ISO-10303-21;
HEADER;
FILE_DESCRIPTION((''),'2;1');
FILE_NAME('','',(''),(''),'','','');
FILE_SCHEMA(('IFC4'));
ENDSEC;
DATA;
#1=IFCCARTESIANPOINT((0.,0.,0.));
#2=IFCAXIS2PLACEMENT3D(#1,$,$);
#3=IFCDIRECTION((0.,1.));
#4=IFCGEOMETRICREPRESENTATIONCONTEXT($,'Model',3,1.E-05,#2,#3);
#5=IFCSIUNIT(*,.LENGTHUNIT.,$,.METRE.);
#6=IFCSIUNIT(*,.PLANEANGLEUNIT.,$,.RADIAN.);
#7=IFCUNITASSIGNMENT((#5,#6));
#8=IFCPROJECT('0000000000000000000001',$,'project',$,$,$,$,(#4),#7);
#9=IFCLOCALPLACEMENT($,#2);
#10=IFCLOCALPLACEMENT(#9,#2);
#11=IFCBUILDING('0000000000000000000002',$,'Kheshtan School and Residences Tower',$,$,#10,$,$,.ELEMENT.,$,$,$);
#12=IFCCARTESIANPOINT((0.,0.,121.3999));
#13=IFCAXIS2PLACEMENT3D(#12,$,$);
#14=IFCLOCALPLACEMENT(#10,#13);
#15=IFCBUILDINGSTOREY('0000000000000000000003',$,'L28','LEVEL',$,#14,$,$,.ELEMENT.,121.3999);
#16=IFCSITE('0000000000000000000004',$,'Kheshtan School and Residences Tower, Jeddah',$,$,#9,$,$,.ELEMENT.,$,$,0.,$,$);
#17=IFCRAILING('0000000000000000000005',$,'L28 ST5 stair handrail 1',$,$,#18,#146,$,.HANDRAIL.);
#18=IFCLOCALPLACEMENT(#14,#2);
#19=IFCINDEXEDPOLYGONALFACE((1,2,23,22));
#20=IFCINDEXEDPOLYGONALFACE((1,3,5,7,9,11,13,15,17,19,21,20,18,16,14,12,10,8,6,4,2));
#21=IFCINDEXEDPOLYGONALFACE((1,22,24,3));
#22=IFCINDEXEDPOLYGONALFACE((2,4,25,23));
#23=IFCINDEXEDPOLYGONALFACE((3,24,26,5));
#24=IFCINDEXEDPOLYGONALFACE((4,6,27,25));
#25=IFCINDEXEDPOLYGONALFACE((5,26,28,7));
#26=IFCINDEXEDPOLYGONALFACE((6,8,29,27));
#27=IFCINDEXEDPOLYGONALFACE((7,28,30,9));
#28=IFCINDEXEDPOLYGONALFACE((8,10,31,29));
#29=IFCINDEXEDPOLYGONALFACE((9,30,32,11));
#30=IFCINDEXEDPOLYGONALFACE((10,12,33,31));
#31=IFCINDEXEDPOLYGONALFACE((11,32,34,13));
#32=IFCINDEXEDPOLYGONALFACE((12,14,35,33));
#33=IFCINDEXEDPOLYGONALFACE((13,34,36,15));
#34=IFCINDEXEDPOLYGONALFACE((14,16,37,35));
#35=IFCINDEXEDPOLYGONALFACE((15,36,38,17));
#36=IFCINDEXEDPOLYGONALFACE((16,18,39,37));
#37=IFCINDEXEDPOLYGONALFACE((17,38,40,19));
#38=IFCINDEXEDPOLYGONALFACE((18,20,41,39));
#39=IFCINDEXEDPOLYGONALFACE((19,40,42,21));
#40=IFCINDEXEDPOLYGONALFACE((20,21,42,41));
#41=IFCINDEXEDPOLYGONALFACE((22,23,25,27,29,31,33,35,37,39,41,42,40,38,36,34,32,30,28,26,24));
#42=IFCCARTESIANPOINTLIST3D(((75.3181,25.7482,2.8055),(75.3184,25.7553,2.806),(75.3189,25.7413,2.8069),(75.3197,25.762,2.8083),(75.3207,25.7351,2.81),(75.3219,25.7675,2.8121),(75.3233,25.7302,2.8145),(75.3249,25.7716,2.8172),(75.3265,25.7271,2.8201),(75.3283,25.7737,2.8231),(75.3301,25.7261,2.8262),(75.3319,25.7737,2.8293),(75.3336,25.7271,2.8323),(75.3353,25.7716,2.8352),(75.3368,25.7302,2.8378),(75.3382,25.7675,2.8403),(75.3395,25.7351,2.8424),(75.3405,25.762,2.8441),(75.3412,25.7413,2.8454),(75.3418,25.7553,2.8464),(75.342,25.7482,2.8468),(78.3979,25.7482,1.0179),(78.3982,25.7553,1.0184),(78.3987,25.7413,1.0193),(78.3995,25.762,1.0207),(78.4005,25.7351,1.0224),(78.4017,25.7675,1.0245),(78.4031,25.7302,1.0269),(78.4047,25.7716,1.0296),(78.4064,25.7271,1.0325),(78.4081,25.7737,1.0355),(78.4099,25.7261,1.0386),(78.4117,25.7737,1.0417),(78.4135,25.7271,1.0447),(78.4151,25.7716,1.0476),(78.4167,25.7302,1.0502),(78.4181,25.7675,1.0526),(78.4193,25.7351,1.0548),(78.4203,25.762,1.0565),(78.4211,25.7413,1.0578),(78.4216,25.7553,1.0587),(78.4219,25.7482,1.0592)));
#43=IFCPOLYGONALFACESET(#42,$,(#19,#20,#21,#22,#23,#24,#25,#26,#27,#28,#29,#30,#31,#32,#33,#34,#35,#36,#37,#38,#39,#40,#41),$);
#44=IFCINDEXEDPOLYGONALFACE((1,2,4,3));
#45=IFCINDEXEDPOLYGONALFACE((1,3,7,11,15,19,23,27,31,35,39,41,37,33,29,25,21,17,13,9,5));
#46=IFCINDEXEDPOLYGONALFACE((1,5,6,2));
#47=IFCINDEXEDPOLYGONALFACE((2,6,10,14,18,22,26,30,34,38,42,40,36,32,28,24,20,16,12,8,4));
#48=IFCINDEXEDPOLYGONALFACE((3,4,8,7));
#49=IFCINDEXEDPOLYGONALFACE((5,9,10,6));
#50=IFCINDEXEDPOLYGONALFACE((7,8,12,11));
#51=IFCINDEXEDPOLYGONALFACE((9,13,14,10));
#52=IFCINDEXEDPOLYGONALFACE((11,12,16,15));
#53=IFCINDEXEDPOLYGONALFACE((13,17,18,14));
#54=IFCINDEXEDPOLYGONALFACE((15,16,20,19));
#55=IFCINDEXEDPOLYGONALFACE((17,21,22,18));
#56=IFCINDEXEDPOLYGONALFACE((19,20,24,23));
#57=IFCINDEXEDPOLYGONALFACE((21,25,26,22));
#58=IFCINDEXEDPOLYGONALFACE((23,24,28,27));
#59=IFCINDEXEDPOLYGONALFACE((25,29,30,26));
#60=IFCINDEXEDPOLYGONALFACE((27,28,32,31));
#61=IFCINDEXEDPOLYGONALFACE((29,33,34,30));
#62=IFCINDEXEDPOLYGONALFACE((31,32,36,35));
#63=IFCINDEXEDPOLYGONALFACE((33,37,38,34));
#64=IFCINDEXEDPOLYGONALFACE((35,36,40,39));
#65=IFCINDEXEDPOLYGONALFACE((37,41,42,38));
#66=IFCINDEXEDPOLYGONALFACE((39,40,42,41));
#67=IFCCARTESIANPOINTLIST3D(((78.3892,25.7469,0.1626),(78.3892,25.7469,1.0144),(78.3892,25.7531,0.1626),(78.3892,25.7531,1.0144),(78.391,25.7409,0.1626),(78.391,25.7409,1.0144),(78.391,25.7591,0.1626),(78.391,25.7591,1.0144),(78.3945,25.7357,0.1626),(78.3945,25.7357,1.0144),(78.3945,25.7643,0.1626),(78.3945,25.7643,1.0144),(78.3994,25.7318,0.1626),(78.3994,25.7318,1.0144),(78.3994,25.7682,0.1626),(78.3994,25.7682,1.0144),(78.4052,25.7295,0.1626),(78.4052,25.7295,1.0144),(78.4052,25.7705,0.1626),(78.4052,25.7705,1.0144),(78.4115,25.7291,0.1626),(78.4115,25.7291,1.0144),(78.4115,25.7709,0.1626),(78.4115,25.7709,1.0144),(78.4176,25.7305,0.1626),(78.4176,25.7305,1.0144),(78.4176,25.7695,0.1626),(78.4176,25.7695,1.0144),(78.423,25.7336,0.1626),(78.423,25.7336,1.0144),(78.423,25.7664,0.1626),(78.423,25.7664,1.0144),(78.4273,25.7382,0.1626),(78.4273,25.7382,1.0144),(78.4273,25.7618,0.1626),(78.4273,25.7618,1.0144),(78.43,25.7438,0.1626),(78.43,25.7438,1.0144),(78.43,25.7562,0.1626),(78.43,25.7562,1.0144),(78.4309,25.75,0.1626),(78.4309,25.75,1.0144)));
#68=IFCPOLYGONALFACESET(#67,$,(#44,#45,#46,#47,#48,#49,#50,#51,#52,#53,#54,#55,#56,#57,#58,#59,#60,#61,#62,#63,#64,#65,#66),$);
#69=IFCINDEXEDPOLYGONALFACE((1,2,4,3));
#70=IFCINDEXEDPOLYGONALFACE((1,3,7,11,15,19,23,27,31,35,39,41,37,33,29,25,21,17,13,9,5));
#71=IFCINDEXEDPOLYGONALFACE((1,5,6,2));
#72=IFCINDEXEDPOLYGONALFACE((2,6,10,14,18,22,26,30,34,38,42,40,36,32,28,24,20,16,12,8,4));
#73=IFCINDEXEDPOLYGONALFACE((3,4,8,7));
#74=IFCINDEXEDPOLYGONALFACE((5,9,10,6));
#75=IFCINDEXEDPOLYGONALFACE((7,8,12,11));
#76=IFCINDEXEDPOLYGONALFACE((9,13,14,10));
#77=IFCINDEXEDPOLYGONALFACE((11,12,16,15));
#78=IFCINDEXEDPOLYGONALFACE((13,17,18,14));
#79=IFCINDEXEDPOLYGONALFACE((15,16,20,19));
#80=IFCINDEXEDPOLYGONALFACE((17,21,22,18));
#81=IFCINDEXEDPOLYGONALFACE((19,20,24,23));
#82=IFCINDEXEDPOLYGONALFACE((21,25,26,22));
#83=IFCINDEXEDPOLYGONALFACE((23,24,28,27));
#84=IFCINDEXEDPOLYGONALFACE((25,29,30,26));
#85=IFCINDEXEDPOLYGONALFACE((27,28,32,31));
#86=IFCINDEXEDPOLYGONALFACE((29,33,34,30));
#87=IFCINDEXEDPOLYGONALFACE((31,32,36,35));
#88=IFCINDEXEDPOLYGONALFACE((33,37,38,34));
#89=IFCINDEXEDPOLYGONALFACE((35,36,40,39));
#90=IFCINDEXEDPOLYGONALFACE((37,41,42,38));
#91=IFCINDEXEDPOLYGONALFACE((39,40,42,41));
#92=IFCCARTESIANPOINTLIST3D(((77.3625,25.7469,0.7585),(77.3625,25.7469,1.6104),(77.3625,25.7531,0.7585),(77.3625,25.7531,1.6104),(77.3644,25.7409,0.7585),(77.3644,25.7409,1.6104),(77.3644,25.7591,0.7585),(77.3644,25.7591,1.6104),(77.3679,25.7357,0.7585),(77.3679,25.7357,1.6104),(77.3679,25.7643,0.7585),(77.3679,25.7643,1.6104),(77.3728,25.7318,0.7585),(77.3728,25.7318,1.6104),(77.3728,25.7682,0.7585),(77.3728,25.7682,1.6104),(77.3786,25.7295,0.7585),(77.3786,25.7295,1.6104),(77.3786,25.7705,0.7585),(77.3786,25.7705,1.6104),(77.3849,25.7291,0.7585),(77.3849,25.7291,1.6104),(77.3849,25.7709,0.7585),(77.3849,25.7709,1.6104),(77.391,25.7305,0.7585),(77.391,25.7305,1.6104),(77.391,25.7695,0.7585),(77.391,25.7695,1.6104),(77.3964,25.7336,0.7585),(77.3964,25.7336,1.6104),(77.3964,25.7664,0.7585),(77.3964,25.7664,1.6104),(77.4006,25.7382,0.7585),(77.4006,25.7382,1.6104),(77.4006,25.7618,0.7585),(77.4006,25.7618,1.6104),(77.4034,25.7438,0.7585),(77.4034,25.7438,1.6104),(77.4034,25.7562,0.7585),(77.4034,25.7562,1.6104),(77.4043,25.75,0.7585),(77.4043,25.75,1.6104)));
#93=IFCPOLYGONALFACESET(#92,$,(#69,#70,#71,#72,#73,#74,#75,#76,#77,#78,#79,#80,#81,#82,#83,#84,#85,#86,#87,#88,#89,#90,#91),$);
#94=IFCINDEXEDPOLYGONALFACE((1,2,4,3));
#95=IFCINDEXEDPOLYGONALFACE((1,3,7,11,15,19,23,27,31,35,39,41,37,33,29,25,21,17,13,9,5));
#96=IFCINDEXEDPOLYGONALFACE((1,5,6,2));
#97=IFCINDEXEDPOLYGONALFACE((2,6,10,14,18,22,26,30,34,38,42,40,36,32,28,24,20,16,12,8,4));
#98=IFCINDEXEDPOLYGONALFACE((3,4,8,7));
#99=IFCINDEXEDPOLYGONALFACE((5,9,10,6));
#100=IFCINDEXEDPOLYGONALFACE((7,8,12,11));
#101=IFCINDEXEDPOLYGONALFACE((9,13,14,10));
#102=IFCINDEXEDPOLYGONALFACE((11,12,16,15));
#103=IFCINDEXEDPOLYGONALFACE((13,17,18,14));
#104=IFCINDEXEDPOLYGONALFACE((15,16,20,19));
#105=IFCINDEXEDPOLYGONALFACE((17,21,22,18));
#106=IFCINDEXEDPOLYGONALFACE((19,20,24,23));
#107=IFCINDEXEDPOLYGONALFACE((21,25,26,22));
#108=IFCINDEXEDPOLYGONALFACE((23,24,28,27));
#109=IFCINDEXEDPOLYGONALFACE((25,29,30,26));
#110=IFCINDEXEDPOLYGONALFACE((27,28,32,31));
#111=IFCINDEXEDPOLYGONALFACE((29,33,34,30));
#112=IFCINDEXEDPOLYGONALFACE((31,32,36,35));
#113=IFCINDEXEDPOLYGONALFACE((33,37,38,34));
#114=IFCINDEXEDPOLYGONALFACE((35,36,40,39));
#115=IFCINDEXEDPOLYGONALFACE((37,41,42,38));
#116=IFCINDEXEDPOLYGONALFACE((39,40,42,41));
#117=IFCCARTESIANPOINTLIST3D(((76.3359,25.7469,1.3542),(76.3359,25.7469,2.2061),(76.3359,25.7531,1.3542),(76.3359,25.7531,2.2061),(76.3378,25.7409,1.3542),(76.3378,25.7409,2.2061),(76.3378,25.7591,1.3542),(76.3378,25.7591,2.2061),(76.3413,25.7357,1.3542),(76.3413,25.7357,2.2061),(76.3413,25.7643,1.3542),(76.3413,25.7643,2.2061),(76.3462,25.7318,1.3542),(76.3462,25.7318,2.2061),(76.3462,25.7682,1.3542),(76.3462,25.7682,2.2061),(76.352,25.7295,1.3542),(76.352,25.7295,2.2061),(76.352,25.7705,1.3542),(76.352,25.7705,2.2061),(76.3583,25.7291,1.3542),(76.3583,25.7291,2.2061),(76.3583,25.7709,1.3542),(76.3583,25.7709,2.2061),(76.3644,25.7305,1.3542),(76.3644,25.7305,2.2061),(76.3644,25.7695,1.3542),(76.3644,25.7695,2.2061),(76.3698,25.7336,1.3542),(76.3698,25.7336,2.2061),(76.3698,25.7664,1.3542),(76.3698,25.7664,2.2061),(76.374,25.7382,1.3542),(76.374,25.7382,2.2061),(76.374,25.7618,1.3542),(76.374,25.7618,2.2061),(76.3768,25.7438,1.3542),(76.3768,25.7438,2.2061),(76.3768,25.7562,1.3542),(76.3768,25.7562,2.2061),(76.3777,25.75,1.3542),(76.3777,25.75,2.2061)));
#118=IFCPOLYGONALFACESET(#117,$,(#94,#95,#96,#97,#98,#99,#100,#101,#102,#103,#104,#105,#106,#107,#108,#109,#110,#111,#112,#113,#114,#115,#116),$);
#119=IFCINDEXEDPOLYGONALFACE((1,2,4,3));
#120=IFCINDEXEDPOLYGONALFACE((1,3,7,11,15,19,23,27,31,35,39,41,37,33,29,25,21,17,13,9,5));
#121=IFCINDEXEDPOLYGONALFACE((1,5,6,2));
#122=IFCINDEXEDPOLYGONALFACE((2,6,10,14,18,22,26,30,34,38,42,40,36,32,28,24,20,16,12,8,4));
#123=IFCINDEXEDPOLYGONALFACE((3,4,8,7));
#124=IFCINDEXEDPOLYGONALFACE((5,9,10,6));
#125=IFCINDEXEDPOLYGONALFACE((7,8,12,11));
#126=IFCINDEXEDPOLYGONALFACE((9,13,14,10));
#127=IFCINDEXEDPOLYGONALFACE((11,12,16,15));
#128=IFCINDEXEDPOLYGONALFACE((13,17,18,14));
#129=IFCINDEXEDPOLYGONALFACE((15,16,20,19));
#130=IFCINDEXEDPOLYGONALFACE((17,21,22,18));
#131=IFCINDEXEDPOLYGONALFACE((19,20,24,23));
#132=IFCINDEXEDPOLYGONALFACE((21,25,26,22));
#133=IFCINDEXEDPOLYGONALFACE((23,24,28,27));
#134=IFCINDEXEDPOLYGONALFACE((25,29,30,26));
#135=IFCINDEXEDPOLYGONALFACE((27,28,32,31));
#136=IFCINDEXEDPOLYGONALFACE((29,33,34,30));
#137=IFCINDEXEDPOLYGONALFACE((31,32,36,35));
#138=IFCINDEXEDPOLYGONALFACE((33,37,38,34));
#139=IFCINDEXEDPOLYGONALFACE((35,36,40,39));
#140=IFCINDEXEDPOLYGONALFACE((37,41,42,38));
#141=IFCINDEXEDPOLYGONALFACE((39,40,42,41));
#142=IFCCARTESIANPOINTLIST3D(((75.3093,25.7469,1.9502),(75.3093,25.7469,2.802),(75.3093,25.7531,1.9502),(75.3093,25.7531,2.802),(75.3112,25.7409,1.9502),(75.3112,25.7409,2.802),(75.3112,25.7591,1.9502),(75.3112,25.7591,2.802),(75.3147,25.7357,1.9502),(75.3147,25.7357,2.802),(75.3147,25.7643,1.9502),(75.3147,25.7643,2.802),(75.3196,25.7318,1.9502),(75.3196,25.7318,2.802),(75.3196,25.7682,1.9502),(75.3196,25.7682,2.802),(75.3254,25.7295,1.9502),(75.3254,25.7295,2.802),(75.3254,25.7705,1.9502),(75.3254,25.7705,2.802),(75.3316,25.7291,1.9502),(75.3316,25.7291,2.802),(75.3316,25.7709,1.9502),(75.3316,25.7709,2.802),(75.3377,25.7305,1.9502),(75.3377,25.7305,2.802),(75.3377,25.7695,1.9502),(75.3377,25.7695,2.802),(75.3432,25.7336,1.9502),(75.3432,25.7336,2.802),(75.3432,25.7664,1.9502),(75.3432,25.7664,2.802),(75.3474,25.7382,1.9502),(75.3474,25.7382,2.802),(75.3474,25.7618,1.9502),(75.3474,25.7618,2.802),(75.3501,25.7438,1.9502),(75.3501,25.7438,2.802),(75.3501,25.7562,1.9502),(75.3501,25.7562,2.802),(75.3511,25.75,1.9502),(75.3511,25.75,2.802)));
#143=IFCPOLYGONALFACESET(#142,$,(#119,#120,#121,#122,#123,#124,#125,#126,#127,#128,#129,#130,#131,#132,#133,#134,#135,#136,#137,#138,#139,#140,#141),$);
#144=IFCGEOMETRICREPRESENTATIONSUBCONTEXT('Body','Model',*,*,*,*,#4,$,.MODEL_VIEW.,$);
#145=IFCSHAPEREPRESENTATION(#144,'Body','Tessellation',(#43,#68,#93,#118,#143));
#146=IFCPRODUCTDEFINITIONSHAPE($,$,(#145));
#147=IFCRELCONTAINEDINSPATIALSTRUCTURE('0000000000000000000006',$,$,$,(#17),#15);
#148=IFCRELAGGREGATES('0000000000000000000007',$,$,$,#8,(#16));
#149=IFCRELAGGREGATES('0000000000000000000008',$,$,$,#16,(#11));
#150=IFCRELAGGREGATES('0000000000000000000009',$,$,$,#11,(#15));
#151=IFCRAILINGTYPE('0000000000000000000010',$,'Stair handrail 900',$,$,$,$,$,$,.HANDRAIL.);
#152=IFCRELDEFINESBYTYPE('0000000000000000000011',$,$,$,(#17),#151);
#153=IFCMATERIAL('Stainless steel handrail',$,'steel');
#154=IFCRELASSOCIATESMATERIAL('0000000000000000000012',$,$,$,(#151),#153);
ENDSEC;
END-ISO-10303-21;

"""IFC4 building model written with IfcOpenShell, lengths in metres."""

from ifc_helpers import new_model, si_unit, direction, frame, origin, origin_2d, place, context, subcontext, project, spatial, circle, extrude, material, type_object, element, save


model = new_model("IFC4")

# Units and contexts
model_context = context("Model", 3, precision=1e-05, world=origin(), true_north=direction((0.0, 1.0)))
body_context = subcontext(model_context, "Body", "Model", "MODEL_VIEW")
ifc_project = project(units=[si_unit("LENGTHUNIT", "METRE"), si_unit("PLANEANGLEUNIT", "RADIAN")], contexts=[model_context])

# Site, building, storey
site_placement = place(None, origin())
site = spatial("IfcSite", under=ifc_project, at=site_placement, Name="Kheshtan School and Residences Tower, Jeddah", CompositionType="ELEMENT", RefElevation=0.0)
building_placement = place(site_placement, origin())
building = spatial("IfcBuilding", under=site, at=building_placement, Name="Kheshtan School and Residences Tower", CompositionType="ELEMENT")
storey_placement = place(building_placement, frame((0.0, 0.0, 121.3999)))
storey = spatial("IfcBuildingStorey", under=building, at=storey_placement, Name="L28", Description="LEVEL", CompositionType="ELEMENT", Elevation=121.3999)

# Railing
ifc_material_1 = material(Name="Stainless steel handrail", Category="steel")
railing_type = type_object("IfcRailingType", Name="Stair handrail 900", PredefinedType="HANDRAIL", material=ifc_material_1)
railing_placement = place(storey_placement, frame((78.4099, 25.75, 0.1626)))
element("IfcRailing", 1, at=railing_placement, inside=storey, type_object=railing_type, Name="L28 ST5 stair handrail 1", PredefinedType="HANDRAIL", context=body_context, shape_type="SweptSolid", body=[
    extrude(circle(Radius=0.0239, at=origin_2d()), frame((0.0, 0.0, 0.876), z_axis=(-0.864873, 0.0, 0.50199), x_axis=(0.0, -1.0, 0.0)), (0.0, 0.0, 1.0), 3.561),
    extrude(circle(Radius=0.021, at=origin_2d()), origin(), (0.0, 0.0, 1.0), 0.8518),
    extrude(circle(Radius=0.021, at=origin_2d()), frame((-1.0266, 0.0, 0.5959)), (0.0, 0.0, 1.0), 0.8518),
    extrude(circle(Radius=0.021, at=origin_2d()), frame((-2.0532, 0.0, 1.1917)), (0.0, 0.0, 1.0), 0.8518),
    extrude(circle(Radius=0.021, at=origin_2d()), frame((-3.0798, 0.0, 1.7876)), (0.0, 0.0, 1.0), 0.8518),
])

save(model, "model.ifc")
